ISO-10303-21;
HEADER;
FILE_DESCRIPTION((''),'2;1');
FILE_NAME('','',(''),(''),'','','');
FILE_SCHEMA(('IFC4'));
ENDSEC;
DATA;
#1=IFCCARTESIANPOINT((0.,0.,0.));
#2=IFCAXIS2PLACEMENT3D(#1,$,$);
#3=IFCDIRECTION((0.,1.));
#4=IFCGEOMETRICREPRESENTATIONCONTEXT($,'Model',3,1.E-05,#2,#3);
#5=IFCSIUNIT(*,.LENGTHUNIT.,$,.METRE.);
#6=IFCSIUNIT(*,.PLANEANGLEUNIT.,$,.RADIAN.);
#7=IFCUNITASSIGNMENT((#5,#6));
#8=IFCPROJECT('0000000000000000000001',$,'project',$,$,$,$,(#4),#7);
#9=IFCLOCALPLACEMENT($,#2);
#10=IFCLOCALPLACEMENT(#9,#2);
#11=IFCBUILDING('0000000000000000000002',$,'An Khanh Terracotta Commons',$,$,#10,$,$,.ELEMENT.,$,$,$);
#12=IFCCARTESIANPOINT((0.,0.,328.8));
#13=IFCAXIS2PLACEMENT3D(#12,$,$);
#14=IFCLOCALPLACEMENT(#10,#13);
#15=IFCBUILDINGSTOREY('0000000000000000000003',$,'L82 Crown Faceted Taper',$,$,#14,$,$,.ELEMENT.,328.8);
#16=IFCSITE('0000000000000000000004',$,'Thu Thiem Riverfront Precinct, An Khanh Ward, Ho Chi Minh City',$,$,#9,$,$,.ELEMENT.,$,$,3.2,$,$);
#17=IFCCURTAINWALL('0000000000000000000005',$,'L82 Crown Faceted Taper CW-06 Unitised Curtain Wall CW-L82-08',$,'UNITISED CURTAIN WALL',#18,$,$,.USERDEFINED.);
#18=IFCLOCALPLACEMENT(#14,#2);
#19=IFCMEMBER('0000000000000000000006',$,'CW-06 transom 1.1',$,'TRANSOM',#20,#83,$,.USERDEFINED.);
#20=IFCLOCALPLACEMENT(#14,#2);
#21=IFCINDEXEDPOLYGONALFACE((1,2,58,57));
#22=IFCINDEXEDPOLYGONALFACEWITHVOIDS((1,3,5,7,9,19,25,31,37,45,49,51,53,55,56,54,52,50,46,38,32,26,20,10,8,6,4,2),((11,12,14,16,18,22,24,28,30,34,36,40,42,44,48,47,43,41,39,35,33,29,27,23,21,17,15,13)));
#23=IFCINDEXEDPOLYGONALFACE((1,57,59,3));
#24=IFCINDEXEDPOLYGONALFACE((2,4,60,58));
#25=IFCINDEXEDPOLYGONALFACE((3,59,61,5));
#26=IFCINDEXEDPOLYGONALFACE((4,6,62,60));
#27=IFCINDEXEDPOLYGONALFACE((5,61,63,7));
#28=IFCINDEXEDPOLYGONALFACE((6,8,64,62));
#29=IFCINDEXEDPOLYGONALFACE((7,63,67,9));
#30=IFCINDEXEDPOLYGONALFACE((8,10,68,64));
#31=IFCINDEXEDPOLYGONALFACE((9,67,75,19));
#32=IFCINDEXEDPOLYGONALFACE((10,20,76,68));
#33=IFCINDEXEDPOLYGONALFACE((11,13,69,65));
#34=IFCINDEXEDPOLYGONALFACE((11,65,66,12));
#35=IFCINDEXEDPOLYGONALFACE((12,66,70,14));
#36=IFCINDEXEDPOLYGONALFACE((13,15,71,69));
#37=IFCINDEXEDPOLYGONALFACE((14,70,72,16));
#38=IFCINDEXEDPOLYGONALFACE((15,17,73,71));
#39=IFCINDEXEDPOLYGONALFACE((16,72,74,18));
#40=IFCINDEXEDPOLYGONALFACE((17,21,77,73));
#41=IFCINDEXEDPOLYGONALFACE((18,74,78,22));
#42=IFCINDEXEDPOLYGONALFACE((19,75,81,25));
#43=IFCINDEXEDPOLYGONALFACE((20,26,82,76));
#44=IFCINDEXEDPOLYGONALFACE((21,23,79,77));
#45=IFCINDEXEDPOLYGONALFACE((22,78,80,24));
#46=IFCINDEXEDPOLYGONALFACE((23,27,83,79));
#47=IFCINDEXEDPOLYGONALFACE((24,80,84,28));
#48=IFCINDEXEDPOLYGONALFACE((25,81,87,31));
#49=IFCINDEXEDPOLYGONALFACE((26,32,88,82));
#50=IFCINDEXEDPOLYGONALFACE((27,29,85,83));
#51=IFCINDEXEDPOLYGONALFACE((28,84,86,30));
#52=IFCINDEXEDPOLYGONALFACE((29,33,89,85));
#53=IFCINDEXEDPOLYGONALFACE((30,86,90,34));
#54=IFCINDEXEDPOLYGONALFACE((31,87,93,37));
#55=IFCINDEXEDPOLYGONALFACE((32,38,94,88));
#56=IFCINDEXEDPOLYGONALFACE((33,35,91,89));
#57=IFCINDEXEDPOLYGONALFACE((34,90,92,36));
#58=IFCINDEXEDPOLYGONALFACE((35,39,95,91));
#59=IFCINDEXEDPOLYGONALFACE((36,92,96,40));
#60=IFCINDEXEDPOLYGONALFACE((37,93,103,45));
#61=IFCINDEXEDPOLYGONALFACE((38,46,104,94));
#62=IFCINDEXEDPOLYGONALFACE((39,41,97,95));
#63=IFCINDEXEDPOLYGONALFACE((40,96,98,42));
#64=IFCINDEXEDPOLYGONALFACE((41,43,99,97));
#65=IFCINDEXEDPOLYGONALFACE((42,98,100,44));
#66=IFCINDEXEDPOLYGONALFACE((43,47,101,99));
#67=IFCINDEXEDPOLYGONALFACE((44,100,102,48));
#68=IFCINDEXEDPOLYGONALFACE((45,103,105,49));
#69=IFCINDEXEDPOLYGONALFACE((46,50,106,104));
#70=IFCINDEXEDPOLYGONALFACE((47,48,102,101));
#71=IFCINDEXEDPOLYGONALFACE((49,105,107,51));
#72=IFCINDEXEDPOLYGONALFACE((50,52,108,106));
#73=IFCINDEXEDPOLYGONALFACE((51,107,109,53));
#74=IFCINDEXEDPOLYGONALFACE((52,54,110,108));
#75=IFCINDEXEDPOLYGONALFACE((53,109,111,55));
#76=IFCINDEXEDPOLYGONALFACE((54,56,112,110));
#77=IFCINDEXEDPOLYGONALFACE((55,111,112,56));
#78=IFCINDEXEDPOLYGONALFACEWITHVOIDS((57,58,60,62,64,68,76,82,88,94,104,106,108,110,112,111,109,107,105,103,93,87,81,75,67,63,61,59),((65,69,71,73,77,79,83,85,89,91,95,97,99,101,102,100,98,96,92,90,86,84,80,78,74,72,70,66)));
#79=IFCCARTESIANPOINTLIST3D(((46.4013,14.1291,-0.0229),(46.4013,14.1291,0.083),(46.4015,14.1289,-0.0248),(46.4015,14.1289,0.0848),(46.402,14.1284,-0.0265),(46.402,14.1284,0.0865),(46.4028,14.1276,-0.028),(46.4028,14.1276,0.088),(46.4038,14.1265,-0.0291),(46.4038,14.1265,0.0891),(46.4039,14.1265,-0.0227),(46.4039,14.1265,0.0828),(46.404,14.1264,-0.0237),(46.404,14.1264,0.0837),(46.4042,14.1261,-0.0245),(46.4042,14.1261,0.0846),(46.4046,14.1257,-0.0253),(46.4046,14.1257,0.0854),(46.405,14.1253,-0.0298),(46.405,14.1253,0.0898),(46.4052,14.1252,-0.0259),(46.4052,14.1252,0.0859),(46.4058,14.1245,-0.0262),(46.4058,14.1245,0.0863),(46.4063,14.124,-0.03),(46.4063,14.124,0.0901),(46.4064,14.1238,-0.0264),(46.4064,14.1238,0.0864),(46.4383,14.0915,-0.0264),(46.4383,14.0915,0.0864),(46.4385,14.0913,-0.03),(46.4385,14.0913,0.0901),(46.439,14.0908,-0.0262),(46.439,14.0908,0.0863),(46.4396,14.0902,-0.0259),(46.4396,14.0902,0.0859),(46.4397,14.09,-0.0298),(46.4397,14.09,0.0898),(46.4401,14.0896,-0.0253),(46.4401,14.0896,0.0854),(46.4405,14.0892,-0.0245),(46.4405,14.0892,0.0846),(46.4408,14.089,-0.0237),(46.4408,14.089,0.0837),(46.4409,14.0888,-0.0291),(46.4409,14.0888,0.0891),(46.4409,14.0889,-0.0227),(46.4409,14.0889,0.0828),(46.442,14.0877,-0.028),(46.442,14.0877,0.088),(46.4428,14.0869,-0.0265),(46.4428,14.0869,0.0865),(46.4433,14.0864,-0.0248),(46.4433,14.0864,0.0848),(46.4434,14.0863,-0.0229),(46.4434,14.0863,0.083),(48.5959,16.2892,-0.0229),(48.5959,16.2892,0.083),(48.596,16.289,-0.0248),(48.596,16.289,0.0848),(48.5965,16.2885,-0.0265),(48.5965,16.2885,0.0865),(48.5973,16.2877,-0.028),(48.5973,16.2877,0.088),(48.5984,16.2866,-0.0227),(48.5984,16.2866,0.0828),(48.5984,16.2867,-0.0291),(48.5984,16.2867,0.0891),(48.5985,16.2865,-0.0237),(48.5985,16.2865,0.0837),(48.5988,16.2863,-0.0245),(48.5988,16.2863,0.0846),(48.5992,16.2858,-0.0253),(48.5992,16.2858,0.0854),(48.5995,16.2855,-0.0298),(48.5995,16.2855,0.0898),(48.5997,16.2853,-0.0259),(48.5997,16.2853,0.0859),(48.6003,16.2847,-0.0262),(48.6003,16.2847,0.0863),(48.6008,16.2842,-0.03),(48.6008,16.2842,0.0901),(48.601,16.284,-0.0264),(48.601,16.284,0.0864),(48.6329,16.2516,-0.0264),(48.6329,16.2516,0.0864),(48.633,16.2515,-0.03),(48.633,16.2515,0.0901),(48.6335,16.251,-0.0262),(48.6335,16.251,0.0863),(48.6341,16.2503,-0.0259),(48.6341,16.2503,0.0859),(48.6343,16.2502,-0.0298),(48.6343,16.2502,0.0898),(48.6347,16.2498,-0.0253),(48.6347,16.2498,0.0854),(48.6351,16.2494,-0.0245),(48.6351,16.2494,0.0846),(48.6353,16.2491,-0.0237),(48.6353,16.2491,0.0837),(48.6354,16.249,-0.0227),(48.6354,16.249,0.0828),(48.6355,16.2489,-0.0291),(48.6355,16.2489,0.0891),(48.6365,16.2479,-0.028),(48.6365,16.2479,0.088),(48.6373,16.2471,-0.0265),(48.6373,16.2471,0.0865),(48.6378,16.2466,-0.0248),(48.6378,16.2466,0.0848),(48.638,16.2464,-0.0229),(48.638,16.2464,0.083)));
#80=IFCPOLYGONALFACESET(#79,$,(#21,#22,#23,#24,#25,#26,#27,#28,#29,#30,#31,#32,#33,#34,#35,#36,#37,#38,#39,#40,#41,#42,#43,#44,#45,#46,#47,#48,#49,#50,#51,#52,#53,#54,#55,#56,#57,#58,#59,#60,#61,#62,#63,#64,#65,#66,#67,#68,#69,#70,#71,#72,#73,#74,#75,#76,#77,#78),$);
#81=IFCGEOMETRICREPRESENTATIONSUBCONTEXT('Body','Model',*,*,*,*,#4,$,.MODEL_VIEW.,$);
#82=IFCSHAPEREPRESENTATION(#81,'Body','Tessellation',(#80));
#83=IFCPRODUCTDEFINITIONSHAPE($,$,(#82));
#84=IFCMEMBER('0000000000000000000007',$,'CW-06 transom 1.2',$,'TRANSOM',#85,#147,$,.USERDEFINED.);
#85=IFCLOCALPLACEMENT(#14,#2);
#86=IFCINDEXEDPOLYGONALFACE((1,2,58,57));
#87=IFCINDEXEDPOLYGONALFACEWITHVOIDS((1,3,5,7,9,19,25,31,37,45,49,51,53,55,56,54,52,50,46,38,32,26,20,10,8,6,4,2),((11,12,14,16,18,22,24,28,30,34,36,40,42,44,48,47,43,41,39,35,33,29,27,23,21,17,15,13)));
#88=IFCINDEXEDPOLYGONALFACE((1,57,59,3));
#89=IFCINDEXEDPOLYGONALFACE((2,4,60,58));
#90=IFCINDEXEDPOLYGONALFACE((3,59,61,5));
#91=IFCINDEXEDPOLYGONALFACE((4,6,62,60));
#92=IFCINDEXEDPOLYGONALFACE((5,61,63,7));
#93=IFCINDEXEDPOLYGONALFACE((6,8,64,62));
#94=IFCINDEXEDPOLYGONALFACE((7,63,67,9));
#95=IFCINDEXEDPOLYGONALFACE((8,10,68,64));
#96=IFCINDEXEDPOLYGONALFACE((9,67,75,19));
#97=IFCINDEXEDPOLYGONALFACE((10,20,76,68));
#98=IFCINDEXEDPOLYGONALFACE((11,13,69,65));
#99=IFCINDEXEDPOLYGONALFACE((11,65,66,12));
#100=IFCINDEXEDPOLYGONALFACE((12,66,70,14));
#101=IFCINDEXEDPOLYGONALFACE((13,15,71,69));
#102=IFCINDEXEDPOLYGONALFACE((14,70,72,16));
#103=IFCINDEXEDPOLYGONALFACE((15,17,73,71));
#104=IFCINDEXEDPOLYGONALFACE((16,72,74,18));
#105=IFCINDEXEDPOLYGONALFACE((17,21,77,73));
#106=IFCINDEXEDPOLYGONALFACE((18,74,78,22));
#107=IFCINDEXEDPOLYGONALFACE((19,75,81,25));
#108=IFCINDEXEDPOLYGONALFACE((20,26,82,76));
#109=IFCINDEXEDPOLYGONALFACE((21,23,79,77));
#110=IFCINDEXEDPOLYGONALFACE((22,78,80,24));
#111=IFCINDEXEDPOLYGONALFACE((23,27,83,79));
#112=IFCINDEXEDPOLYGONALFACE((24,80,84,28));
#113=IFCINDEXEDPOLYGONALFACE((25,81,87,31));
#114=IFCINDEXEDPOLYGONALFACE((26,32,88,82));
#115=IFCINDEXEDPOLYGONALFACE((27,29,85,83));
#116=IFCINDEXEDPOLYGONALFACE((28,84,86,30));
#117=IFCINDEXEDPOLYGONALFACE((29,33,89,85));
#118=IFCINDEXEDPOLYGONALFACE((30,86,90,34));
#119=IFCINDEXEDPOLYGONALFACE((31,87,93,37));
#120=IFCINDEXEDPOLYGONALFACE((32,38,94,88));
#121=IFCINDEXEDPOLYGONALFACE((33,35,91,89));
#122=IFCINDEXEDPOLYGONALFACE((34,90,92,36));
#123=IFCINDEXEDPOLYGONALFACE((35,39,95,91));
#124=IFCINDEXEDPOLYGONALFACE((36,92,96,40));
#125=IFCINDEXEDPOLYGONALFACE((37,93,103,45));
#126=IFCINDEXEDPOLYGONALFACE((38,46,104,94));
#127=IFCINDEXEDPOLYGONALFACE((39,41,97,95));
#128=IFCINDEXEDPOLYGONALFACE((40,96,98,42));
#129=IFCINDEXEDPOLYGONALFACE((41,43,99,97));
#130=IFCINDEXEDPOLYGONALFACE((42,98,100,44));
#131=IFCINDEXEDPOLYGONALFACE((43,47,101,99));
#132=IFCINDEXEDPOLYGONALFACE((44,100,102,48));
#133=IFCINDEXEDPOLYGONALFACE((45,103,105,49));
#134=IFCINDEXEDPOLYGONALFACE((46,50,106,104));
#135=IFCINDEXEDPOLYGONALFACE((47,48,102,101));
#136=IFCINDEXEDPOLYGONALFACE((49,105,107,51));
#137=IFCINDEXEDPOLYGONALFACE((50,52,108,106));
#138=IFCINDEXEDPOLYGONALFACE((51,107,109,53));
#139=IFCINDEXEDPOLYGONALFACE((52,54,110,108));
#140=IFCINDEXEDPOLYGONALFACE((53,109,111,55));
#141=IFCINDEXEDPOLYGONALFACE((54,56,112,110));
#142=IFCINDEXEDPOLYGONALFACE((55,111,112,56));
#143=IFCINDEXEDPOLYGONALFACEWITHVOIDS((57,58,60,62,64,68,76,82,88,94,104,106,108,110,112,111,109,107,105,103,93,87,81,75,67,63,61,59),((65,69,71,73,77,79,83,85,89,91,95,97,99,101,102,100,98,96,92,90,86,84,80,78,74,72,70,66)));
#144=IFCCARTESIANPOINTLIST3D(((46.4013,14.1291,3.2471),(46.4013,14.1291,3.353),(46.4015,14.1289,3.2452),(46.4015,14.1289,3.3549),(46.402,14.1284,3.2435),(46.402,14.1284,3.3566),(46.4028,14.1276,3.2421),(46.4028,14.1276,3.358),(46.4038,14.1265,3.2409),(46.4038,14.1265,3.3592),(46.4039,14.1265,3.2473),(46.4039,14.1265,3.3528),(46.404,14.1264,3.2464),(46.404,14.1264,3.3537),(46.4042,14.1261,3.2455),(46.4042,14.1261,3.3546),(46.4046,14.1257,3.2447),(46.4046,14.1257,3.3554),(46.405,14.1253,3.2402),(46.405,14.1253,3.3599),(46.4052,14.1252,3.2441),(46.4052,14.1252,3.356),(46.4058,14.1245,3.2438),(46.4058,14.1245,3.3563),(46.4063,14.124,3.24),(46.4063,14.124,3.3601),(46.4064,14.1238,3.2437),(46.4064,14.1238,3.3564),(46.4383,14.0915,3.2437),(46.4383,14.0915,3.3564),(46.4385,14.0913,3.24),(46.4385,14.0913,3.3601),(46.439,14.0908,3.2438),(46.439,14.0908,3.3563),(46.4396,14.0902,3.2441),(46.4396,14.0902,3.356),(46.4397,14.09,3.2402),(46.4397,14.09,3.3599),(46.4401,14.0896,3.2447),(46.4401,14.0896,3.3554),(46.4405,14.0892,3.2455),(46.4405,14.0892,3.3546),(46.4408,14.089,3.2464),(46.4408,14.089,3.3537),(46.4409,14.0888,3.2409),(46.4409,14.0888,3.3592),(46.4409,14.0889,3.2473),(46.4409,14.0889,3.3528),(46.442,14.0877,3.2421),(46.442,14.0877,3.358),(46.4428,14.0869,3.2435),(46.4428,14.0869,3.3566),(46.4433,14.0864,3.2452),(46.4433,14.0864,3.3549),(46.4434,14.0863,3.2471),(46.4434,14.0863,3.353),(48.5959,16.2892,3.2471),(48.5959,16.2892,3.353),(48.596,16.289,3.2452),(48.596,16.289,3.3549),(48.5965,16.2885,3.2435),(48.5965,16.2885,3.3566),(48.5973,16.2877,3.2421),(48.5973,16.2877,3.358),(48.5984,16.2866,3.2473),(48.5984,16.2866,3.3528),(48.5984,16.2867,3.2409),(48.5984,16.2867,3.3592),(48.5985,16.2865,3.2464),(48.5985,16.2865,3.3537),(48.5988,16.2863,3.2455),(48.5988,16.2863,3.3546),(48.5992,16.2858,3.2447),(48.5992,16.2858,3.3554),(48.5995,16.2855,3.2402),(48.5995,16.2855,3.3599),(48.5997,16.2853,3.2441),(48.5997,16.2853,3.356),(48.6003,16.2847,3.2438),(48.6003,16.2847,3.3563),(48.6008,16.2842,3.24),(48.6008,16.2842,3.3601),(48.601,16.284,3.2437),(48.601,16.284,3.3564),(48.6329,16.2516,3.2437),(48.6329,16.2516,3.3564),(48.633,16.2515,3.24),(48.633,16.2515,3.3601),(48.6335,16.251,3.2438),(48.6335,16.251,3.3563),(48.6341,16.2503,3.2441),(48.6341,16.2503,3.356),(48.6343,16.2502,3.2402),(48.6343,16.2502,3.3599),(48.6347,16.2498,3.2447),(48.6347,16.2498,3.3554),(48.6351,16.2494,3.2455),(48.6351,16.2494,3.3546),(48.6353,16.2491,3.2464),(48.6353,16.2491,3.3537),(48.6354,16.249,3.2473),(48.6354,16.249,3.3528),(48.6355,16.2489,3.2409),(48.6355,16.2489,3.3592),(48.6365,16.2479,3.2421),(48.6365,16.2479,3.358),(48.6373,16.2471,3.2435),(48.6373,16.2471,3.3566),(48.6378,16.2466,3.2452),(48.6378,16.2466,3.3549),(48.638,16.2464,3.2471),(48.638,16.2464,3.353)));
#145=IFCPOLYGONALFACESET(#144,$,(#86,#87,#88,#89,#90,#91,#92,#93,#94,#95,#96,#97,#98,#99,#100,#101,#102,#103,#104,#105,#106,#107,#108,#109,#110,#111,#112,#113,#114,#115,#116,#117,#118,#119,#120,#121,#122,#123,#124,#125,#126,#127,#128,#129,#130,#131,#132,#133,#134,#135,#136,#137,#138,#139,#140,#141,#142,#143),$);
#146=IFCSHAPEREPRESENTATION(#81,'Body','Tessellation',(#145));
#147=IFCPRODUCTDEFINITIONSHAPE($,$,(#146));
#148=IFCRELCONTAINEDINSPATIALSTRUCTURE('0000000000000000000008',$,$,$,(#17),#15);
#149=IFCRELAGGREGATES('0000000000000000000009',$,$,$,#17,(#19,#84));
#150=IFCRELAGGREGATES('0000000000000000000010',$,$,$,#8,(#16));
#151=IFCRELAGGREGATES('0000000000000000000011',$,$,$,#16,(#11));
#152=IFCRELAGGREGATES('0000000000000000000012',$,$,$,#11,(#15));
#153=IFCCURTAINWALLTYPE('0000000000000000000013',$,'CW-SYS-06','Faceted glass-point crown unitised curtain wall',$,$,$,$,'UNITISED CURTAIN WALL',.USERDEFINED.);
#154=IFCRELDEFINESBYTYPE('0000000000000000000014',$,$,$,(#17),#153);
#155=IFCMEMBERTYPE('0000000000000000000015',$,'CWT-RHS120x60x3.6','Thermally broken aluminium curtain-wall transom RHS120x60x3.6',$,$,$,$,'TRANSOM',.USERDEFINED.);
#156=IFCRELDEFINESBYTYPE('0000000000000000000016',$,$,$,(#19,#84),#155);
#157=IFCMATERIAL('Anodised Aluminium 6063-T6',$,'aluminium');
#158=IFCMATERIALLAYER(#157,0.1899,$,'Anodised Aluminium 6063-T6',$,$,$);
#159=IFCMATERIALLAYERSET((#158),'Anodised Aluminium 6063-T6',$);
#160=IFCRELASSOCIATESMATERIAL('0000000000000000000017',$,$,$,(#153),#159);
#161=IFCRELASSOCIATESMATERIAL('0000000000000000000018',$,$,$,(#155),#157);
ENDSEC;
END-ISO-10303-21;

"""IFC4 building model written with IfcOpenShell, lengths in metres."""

from ifc_helpers import new_model, si_unit, direction, frame, origin, origin_2d, place, context, subcontext, project, spatial, hollow_rectangle, extrude, material, layer, layer_set, material_profile, profile_set, type_object, element, aggregate, save


model = new_model("IFC4")

# Units and contexts
model_context = context("Model", 3, precision=1e-05, world=origin(), true_north=direction((0.0, 1.0)))
body_context = subcontext(model_context, "Body", "Model", "MODEL_VIEW")
ifc_project = project(units=[si_unit("LENGTHUNIT", "METRE"), si_unit("PLANEANGLEUNIT", "RADIAN")], contexts=[model_context])

# Site, building, storey
site_placement = place(None, origin())
site = spatial("IfcSite", under=ifc_project, at=site_placement, Name="Thu Thiem Riverfront Precinct, An Khanh Ward, Ho Chi Minh City", CompositionType="ELEMENT", RefElevation=3.2)
building_placement = place(site_placement, origin())
building = spatial("IfcBuilding", under=site, at=building_placement, Name="An Khanh Terracotta Commons", CompositionType="ELEMENT")
storey_placement = place(building_placement, frame((0.0, 0.0, 328.8)))
storey = spatial("IfcBuildingStorey", under=building, at=storey_placement, Name="L82 Crown Faceted Taper", CompositionType="ELEMENT", Elevation=328.8)

# Shared definitions
ifc_material_1 = material(Name="Anodised Aluminium 6063-T6", Category="aluminium")
ifc_layer_1 = layer(ifc_material_1, 0.1899, Name="Anodised Aluminium 6063-T6")
ifc_layer_set_1 = layer_set([ifc_layer_1], Name="Anodised Aluminium 6063-T6")
curtain_wall_type = type_object("IfcCurtainWallType", Name="CW-SYS-06", Description="Faceted glass-point crown unitised curtain wall", ElementType="UNITISED CURTAIN WALL", PredefinedType="USERDEFINED", material=ifc_layer_set_1)

# Curtain wall
curtain_wall_1_placement = place(storey_placement, origin())
curtain_wall_1 = element("IfcCurtainWall", 1, at=curtain_wall_1_placement, inside=storey, type_object=curtain_wall_type, Name="L82 Crown Faceted Taper CW-06 Unitised Curtain Wall CW-L82-08", ObjectType="UNITISED CURTAIN WALL", PredefinedType="USERDEFINED")

# Members
ifc_material_profile_1 = material_profile(ifc_material_1, hollow_rectangle(XDim=0.0601, YDim=0.1201, WallThickness=0.0037, InnerFilletRadius=0.0037, OuterFilletRadius=0.0071, at=origin_2d()), Name="RHS120x60x3.6")
ifc_profile_set_1 = profile_set([ifc_material_profile_1], Name="Anodised Aluminium 6063-T6")
member_type_1 = type_object("IfcMemberType", Name="CWT-RHS120x60x3.6", Description="Thermally broken aluminium curtain-wall transom RHS120x60x3.6", ElementType="TRANSOM", PredefinedType="USERDEFINED", material=ifc_profile_set_1)
member_1_placement = place(storey_placement, frame((46.4224, 14.1077, 0.03), z_axis=(0.712674, 0.701495, 0.0), x_axis=(-0.701495, 0.712674, 0.0)))
member_1 = element("IfcMember", 2, at=member_1_placement, type_object=member_type_1, Name="CW-06 transom 1.1", ObjectType="TRANSOM", PredefinedType="USERDEFINED", context=body_context, shape_type="SweptSolid", body=[
    extrude(hollow_rectangle(XDim=0.0601, YDim=0.1201, WallThickness=0.0037, InnerFilletRadius=0.0037, OuterFilletRadius=0.0071, at=origin_2d()), origin(), (0.0, 0.0, 1.0), 3.0793),
])
member_2_placement = place(storey_placement, frame((46.4224, 14.1077, 3.3), z_axis=(0.712674, 0.701495, 0.0), x_axis=(-0.701495, 0.712674, 0.0)))
member_2 = element("IfcMember", 3, at=member_2_placement, type_object=member_type_1, Name="CW-06 transom 1.2", ObjectType="TRANSOM", PredefinedType="USERDEFINED", context=body_context, shape_type="SweptSolid", body=[
    extrude(hollow_rectangle(XDim=0.0601, YDim=0.1201, WallThickness=0.0037, InnerFilletRadius=0.0037, OuterFilletRadius=0.0071, at=origin_2d()), origin(), (0.0, 0.0, 1.0), 3.0793),
])

aggregate(curtain_wall_1, [member_1, member_2])

save(model, "model.ifc")
